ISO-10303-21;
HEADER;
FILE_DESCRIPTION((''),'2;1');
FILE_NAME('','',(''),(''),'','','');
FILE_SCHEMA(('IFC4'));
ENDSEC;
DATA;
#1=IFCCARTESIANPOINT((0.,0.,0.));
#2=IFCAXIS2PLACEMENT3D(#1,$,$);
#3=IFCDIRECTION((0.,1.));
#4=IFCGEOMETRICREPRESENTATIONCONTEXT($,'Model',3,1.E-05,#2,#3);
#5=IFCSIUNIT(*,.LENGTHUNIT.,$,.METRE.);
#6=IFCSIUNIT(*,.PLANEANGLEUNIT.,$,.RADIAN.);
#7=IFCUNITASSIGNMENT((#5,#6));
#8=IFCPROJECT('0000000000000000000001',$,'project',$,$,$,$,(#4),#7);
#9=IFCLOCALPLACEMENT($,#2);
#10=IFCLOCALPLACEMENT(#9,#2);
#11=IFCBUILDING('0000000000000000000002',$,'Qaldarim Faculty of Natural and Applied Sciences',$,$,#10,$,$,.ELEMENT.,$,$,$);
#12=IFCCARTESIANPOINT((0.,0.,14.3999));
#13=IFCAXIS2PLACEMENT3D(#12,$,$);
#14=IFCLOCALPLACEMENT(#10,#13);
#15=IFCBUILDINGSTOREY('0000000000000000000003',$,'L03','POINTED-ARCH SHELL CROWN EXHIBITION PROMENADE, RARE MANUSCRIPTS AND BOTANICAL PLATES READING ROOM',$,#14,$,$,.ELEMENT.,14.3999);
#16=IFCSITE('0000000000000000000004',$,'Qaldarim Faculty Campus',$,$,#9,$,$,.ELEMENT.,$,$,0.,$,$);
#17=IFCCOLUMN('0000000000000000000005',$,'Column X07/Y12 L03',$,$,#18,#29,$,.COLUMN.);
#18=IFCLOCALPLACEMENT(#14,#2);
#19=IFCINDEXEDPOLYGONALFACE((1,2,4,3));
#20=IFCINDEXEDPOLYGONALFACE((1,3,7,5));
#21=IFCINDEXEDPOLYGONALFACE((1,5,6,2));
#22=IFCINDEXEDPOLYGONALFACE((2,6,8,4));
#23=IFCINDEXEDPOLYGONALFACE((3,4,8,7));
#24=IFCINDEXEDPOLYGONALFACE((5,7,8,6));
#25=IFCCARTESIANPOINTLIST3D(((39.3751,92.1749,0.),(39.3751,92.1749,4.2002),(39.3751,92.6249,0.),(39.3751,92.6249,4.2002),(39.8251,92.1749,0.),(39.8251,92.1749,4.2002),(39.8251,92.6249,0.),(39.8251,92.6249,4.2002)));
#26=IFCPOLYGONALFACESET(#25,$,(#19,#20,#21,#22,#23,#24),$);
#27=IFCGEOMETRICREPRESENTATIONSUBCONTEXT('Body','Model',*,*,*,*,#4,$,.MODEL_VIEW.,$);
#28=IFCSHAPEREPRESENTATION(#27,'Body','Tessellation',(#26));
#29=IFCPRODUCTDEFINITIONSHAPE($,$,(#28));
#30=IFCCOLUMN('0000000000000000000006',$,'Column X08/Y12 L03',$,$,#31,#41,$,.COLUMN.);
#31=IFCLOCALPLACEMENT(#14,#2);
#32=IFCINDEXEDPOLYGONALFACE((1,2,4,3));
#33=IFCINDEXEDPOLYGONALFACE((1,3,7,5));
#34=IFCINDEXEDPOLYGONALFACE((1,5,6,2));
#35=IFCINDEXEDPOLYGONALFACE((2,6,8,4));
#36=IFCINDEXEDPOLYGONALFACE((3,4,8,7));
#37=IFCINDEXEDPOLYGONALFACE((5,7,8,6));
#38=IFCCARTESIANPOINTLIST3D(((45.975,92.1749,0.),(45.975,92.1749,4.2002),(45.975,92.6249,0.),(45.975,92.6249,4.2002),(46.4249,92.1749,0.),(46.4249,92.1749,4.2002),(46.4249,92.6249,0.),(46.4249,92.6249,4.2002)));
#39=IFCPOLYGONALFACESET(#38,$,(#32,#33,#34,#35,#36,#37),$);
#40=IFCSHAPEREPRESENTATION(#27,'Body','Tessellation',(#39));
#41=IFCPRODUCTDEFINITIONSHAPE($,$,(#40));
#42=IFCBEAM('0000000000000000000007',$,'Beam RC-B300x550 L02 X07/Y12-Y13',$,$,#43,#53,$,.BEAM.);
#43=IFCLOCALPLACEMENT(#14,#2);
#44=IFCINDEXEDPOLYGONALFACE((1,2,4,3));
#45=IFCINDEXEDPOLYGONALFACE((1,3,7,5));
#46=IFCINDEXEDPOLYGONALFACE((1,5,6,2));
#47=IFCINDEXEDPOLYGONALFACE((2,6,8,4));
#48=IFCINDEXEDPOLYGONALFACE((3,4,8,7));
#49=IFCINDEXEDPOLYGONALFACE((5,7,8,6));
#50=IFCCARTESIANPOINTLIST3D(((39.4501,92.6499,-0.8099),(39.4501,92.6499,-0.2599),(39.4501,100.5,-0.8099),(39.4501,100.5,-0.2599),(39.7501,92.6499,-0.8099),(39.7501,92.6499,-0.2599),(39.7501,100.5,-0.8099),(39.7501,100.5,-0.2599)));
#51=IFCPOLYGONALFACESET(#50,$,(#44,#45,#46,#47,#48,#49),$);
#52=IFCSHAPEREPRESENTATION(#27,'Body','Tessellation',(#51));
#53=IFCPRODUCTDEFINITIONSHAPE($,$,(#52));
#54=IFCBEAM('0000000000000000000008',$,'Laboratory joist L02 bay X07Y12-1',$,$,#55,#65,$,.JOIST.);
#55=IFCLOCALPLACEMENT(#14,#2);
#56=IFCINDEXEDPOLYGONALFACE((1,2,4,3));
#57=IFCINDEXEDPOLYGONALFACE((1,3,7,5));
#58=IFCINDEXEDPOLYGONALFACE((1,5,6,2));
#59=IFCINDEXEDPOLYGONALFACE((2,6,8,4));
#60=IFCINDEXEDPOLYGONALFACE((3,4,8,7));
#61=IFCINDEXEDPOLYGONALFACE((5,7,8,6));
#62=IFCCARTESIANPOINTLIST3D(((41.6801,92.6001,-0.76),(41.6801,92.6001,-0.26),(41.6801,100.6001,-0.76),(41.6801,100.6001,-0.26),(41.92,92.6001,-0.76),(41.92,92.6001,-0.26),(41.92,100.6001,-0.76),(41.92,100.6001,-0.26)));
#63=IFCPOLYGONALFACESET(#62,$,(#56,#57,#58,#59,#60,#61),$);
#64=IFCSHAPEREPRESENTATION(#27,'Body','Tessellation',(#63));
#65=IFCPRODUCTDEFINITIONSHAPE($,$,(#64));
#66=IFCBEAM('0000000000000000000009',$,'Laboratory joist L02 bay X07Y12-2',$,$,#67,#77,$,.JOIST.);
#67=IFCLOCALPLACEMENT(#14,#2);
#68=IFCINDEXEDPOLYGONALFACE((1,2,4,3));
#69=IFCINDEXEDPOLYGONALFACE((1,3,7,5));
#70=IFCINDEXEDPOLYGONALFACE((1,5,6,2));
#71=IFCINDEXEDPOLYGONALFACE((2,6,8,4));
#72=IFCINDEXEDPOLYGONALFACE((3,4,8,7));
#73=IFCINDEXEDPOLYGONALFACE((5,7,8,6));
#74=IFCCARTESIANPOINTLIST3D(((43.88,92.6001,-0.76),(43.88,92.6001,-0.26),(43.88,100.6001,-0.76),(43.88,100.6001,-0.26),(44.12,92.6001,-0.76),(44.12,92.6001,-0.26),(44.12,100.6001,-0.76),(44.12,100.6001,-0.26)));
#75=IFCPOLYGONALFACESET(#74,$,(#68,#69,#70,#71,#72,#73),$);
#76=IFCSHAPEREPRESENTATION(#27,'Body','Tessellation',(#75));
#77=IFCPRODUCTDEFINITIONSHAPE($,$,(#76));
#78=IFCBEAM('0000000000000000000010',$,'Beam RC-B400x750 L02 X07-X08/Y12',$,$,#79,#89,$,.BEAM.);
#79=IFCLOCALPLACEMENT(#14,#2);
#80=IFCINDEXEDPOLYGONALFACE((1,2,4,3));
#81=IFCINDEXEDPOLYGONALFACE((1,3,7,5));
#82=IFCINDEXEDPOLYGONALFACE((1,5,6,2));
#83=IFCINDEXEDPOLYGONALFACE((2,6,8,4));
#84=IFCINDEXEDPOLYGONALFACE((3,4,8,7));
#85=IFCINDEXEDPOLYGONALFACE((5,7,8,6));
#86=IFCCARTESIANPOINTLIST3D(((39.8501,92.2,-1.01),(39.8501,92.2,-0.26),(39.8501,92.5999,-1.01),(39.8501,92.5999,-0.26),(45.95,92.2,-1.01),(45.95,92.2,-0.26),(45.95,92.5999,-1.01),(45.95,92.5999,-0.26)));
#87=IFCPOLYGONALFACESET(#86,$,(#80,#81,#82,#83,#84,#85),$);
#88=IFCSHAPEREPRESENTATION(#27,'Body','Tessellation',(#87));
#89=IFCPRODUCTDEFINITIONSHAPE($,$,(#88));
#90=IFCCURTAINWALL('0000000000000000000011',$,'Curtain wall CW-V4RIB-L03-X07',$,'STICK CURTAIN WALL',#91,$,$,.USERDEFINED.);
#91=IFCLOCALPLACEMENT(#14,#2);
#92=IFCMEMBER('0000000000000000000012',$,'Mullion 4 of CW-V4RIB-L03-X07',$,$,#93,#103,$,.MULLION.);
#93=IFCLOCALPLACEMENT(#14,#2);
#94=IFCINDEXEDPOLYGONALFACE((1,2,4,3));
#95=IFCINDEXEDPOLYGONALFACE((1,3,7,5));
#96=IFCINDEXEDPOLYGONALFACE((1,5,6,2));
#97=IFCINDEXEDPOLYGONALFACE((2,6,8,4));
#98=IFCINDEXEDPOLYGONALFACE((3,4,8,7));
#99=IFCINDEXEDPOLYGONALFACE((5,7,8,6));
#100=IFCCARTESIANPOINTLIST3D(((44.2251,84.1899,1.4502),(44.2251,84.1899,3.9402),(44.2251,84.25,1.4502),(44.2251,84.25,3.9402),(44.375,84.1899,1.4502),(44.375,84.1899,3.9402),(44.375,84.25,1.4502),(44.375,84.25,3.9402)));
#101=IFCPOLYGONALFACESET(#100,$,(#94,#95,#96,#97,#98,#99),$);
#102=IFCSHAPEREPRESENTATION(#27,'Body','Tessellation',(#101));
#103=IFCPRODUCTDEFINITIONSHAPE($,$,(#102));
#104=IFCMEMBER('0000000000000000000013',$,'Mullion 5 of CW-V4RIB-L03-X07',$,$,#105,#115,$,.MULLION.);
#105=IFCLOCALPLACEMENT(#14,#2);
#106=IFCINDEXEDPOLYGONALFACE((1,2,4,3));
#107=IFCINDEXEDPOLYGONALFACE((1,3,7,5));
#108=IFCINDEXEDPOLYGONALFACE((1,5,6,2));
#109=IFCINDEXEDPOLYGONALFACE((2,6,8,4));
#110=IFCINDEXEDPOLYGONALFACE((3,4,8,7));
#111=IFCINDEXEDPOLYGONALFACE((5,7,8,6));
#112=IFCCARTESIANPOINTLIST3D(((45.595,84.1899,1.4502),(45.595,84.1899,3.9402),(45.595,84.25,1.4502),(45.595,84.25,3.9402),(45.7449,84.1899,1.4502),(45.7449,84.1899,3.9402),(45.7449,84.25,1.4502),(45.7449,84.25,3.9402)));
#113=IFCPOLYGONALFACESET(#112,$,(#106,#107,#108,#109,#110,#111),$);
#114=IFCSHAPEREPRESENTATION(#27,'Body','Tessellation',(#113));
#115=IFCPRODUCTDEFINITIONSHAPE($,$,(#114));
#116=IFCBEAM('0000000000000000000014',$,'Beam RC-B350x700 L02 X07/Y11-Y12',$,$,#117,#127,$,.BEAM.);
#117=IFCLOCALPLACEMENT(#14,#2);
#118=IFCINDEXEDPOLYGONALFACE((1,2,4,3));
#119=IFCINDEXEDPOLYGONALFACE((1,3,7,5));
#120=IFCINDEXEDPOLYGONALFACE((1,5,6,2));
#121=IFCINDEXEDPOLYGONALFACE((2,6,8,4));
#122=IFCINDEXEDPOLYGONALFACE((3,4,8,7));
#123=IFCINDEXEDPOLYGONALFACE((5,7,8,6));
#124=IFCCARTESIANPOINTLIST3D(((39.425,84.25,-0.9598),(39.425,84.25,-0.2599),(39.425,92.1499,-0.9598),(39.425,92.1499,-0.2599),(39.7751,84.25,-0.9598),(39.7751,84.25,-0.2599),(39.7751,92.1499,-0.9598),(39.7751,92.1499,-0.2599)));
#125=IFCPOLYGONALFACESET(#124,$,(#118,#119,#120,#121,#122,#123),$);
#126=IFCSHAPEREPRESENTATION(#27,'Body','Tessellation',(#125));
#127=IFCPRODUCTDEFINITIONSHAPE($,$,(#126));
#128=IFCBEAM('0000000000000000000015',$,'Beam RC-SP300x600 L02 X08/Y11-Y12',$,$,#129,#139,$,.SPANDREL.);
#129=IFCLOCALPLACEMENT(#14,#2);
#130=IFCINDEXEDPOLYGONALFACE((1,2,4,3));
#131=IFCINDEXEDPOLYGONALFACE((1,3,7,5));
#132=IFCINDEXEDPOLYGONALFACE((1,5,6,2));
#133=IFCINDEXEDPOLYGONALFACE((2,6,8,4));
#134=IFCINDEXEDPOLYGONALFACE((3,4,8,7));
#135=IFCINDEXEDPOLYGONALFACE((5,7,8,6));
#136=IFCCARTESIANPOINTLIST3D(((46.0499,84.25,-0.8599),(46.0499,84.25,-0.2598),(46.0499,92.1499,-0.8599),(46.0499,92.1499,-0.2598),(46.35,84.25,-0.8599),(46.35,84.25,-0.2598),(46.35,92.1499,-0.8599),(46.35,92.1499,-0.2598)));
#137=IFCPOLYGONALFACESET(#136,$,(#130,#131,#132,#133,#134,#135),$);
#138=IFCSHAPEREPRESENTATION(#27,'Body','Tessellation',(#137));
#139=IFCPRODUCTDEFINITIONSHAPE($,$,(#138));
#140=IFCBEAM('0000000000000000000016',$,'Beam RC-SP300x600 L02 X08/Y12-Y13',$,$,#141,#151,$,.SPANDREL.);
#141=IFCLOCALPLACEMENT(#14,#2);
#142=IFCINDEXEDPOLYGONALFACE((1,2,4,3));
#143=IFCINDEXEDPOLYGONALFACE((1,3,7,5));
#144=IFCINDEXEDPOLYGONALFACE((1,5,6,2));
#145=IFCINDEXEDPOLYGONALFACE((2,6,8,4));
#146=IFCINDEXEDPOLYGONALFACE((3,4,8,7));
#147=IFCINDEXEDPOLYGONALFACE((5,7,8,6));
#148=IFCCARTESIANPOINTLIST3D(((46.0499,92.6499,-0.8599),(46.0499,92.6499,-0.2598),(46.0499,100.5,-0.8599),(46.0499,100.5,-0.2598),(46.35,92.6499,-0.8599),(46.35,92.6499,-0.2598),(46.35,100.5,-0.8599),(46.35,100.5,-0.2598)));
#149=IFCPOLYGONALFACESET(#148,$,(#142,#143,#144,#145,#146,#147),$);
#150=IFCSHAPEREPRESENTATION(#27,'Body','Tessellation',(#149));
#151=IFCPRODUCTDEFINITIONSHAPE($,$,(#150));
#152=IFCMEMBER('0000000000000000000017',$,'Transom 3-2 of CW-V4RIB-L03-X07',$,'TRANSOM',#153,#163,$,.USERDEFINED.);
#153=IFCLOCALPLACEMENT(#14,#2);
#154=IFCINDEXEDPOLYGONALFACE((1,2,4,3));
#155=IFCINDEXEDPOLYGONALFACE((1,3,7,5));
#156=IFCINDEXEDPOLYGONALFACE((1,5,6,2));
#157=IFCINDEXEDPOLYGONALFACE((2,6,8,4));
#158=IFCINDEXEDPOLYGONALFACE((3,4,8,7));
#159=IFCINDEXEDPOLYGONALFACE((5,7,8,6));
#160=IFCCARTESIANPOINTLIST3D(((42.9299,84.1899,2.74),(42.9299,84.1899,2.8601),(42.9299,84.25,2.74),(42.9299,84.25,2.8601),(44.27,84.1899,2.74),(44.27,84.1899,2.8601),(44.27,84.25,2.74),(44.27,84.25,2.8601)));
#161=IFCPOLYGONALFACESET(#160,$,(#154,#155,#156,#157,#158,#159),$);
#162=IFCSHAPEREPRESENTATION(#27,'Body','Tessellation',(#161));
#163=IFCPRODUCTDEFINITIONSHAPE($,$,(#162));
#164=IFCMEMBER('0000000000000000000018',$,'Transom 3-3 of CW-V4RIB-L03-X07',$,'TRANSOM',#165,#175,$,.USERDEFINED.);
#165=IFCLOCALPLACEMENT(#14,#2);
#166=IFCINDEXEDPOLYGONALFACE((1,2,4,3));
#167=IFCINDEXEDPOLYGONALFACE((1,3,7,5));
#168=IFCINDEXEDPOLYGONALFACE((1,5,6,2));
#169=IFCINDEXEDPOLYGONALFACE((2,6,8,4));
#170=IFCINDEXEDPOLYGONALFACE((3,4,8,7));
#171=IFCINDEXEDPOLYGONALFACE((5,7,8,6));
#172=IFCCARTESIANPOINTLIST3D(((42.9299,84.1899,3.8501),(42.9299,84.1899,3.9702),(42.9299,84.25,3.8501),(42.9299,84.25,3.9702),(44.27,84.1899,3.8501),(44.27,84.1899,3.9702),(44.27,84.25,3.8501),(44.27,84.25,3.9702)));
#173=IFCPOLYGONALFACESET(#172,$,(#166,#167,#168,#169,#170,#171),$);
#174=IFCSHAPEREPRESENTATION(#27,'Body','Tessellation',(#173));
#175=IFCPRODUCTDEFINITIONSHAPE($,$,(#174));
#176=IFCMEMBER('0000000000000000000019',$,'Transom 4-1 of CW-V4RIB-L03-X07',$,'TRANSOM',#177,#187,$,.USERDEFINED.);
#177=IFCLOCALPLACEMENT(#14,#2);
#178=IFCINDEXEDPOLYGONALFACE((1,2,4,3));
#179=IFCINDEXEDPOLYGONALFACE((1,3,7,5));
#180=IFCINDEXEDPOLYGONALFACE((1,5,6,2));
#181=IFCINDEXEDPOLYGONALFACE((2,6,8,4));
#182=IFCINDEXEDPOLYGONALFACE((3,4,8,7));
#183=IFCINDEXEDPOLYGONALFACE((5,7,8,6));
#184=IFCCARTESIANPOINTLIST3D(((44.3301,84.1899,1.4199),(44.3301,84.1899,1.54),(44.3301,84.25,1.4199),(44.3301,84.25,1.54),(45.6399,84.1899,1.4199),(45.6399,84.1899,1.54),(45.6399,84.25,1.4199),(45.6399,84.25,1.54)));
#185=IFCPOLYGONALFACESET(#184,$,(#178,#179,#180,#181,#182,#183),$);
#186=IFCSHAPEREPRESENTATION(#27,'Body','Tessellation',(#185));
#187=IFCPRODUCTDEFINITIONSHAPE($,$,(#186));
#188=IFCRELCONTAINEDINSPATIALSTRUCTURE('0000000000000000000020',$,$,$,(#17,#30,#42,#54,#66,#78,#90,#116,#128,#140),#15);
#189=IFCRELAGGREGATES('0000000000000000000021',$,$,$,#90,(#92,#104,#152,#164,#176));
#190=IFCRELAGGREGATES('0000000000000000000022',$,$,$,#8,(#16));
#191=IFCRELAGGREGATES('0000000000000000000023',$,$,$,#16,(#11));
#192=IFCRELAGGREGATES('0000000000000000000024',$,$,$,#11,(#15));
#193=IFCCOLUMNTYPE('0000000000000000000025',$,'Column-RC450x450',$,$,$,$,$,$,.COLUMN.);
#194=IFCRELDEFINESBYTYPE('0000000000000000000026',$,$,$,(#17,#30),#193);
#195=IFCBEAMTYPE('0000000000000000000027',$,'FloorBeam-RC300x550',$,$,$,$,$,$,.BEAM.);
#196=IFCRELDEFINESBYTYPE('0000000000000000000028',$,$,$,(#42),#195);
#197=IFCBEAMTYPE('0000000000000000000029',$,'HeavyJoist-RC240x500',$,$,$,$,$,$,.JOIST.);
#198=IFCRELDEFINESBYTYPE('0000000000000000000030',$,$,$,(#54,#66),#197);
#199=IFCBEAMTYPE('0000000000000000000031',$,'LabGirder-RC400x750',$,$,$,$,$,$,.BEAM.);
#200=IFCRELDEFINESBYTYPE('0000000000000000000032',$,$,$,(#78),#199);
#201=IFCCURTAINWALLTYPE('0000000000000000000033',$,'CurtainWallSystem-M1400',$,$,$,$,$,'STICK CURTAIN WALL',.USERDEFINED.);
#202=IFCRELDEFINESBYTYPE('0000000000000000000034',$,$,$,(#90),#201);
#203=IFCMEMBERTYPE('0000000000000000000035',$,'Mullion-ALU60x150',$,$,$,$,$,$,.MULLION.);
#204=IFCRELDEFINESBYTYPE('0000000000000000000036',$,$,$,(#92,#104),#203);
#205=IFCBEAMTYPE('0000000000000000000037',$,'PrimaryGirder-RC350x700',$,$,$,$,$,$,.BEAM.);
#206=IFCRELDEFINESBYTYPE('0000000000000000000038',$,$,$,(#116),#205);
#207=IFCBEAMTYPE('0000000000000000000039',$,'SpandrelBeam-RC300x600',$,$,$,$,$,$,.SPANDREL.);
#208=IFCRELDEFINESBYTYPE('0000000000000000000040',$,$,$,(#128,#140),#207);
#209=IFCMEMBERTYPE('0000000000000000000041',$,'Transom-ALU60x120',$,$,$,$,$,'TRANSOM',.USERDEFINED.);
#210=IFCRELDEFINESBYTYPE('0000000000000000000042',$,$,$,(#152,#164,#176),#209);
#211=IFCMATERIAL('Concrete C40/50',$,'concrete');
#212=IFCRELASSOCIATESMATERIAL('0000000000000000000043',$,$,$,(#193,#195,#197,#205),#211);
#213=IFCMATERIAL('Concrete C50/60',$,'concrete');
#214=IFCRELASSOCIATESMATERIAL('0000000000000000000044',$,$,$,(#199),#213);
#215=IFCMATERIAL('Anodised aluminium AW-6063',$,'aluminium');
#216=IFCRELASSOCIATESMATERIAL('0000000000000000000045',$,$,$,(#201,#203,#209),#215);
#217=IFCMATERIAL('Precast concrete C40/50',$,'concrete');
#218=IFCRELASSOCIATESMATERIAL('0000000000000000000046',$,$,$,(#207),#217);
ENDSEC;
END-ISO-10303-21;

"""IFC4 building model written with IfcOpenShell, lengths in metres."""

from ifc_helpers import new_model, si_unit, direction, frame, origin, origin_2d, place, context, subcontext, project, spatial, rectangle, extrude, material, material_profile, profile_set, type_object, element, aggregate, save


model = new_model("IFC4")

# Units and contexts
model_context = context("Model", 3, precision=1e-05, world=origin(), true_north=direction((0.0, 1.0)))
body_context = subcontext(model_context, "Body", "Model", "MODEL_VIEW")
ifc_project = project(units=[si_unit("LENGTHUNIT", "METRE"), si_unit("PLANEANGLEUNIT", "RADIAN")], contexts=[model_context])

# Site, building, storey
site_placement = place(None, origin())
site = spatial("IfcSite", under=ifc_project, at=site_placement, Name="Qaldarim Faculty Campus", CompositionType="ELEMENT", RefElevation=0.0)
building_placement = place(site_placement, origin())
building = spatial("IfcBuilding", under=site, at=building_placement, Name="Qaldarim Faculty of Natural and Applied Sciences", CompositionType="ELEMENT")
storey_placement = place(building_placement, frame((0.0, 0.0, 14.3999)))
storey = spatial("IfcBuildingStorey", under=building, at=storey_placement, Name="L03", Description="POINTED-ARCH SHELL CROWN EXHIBITION PROMENADE, RARE MANUSCRIPTS AND BOTANICAL PLATES READING ROOM", CompositionType="ELEMENT", Elevation=14.3999)

# Columns
ifc_material_1 = material(Name="Concrete C40/50", Category="concrete")
ifc_material_profile_1 = material_profile(ifc_material_1, rectangle(XDim=0.45, YDim=0.45, at=origin_2d()), Name="RC-C450x450")
ifc_profile_set_1 = profile_set([ifc_material_profile_1], Name="Concrete C40/50")
column_type = type_object("IfcColumnType", Name="Column-RC450x450", PredefinedType="COLUMN", material=ifc_profile_set_1)
for number, where, z_axis, x_axis, name in (
    (1, (39.6001, 92.3999, 0.0), (0.0, 0.0, 1.0), (1.0, 0.0, 0.0), "Column X07/Y12 L03"),
    (2, (46.2, 92.3999, 0.0), (0.0, 0.0, 1.0), (1.0, 0.0, 0.0), "Column X08/Y12 L03"),
):
    element("IfcColumn", number, at=place(storey_placement, frame(where, z_axis=z_axis, x_axis=x_axis)), inside=storey, type_object=column_type, Name=name, PredefinedType="COLUMN", context=body_context, shape_type="SweptSolid", body=[
        extrude(rectangle(XDim=0.45, YDim=0.45, at=origin_2d()), origin(), (0.0, 0.0, 1.0), 4.2002),
    ])

# Beams
ifc_material_profile_2 = material_profile(ifc_material_1, rectangle(XDim=0.3, YDim=0.55, at=origin_2d()), Name="RC-B300x550")
ifc_profile_set_2 = profile_set([ifc_material_profile_2], Name="Concrete C40/50")
beam_type_1 = type_object("IfcBeamType", Name="FloorBeam-RC300x550", PredefinedType="BEAM", material=ifc_profile_set_2)
beam_1_placement = place(storey_placement, frame((39.6001, 92.6499, -0.5349), z_axis=(0.0, 1.0, 0.0), x_axis=(-1.0, 0.0, 0.0)))
element("IfcBeam", 3, at=beam_1_placement, inside=storey, type_object=beam_type_1, Name="Beam RC-B300x550 L02 X07/Y12-Y13", PredefinedType="BEAM", context=body_context, shape_type="SweptSolid", body=[
    extrude(rectangle(XDim=0.3, YDim=0.55, at=origin_2d()), origin(), (0.0, 0.0, 1.0), 7.8501),
])
ifc_material_profile_3 = material_profile(ifc_material_1, rectangle(XDim=0.24, YDim=0.5, at=origin_2d()), Name="RC-J240x500")
ifc_profile_set_3 = profile_set([ifc_material_profile_3], Name="Concrete C40/50")
beam_type_2 = type_object("IfcBeamType", Name="HeavyJoist-RC240x500", PredefinedType="JOIST", material=ifc_profile_set_3)
for number, where, z_axis, x_axis, name in (
    (4, (41.8, 92.6001, -0.51), (0.0, 1.0, 0.0), (-1.0, 0.0, 0.0), "Laboratory joist L02 bay X07Y12-1"),
    (5, (44.0, 92.6001, -0.51), (0.0, 1.0, 0.0), (-1.0, 0.0, 0.0), "Laboratory joist L02 bay X07Y12-2"),
):
    element("IfcBeam", number, at=place(storey_placement, frame(where, z_axis=z_axis, x_axis=x_axis)), inside=storey, type_object=beam_type_2, Name=name, PredefinedType="JOIST", context=body_context, shape_type="SweptSolid", body=[
        extrude(rectangle(XDim=0.24, YDim=0.5, at=origin_2d()), origin(), (0.0, 0.0, 1.0), 8.0),
    ])
ifc_material_2 = material(Name="Concrete C50/60", Category="concrete")
ifc_material_profile_4 = material_profile(ifc_material_2, rectangle(XDim=0.3999, YDim=0.75, at=origin_2d()), Name="RC-B400x750")
ifc_profile_set_4 = profile_set([ifc_material_profile_4], Name="Concrete C50/60")
beam_type_3 = type_object("IfcBeamType", Name="LabGirder-RC400x750", PredefinedType="BEAM", material=ifc_profile_set_4)
beam_2_placement = place(storey_placement, frame((39.8501, 92.3999, -0.635), z_axis=(1.0, 0.0, 0.0), x_axis=(0.0, 1.0, 0.0)))
element("IfcBeam", 6, at=beam_2_placement, inside=storey, type_object=beam_type_3, Name="Beam RC-B400x750 L02 X07-X08/Y12", PredefinedType="BEAM", context=body_context, shape_type="SweptSolid", body=[
    extrude(rectangle(XDim=0.3999, YDim=0.75, at=origin_2d()), origin(), (0.0, 0.0, 1.0), 6.0999),
])

# Curtain wall, members
ifc_material_3 = material(Name="Anodised aluminium AW-6063", Category="aluminium")
curtain_wall_type = type_object("IfcCurtainWallType", Name="CurtainWallSystem-M1400", ElementType="STICK CURTAIN WALL", PredefinedType="USERDEFINED", material=ifc_material_3)
curtain_wall_placement = place(storey_placement, origin())
curtain_wall = element("IfcCurtainWall", 7, at=curtain_wall_placement, inside=storey, type_object=curtain_wall_type, Name="Curtain wall CW-V4RIB-L03-X07", ObjectType="STICK CURTAIN WALL", PredefinedType="USERDEFINED")
ifc_material_profile_5 = material_profile(ifc_material_3, rectangle(XDim=0.0601, YDim=0.1499, at=origin_2d()), Name="ALU-M60x150")
ifc_profile_set_5 = profile_set([ifc_material_profile_5], Name="Anodised aluminium AW-6063")
member_type_1 = type_object("IfcMemberType", Name="Mullion-ALU60x150", PredefinedType="MULLION", material=ifc_profile_set_5)
member_1_placement = place(storey_placement, frame((44.3, 84.22, 1.4502), z_axis=(0.0, 0.0, 1.0), x_axis=(0.0, 1.0, 0.0)))
member_1 = element("IfcMember", 8, at=member_1_placement, type_object=member_type_1, Name="Mullion 4 of CW-V4RIB-L03-X07", PredefinedType="MULLION", context=body_context, shape_type="SweptSolid", body=[
    extrude(rectangle(XDim=0.0601, YDim=0.1499, at=origin_2d()), origin(), (0.0, 0.0, 1.0), 2.49),
])
member_2_placement = place(storey_placement, frame((45.6699, 84.22, 1.4502), z_axis=(0.0, 0.0, 1.0), x_axis=(0.0, 1.0, 0.0)))
member_2 = element("IfcMember", 9, at=member_2_placement, type_object=member_type_1, Name="Mullion 5 of CW-V4RIB-L03-X07", PredefinedType="MULLION", context=body_context, shape_type="SweptSolid", body=[
    extrude(rectangle(XDim=0.0601, YDim=0.1499, at=origin_2d()), origin(), (0.0, 0.0, 1.0), 2.49),
])

# Beams
ifc_material_profile_6 = material_profile(ifc_material_1, rectangle(XDim=0.3501, YDim=0.7, at=origin_2d()), Name="RC-B350x700")
ifc_profile_set_6 = profile_set([ifc_material_profile_6], Name="Concrete C40/50")
beam_type_4 = type_object("IfcBeamType", Name="PrimaryGirder-RC350x700", PredefinedType="BEAM", material=ifc_profile_set_6)
beam_3_placement = place(storey_placement, frame((39.6001, 84.25, -0.6099), z_axis=(0.0, 1.0, 0.0), x_axis=(-1.0, 0.0, 0.0)))
element("IfcBeam", 10, at=beam_3_placement, inside=storey, type_object=beam_type_4, Name="Beam RC-B350x700 L02 X07/Y11-Y12", PredefinedType="BEAM", context=body_context, shape_type="SweptSolid", body=[
    extrude(rectangle(XDim=0.3501, YDim=0.7, at=origin_2d()), origin(), (0.0, 0.0, 1.0), 7.8999),
])
ifc_material_4 = material(Name="Precast concrete C40/50", Category="concrete")
ifc_material_profile_7 = material_profile(ifc_material_4, rectangle(XDim=0.3, YDim=0.6001, at=origin_2d()), Name="RC-SP300x600")
ifc_profile_set_7 = profile_set([ifc_material_profile_7], Name="Precast concrete C40/50")
beam_type_5 = type_object("IfcBeamType", Name="SpandrelBeam-RC300x600", PredefinedType="SPANDREL", material=ifc_profile_set_7)
beam_4_placement = place(storey_placement, frame((46.2, 84.25, -0.5598), z_axis=(0.0, 1.0, 0.0), x_axis=(-1.0, 0.0, 0.0)))
element("IfcBeam", 11, at=beam_4_placement, inside=storey, type_object=beam_type_5, Name="Beam RC-SP300x600 L02 X08/Y11-Y12", PredefinedType="SPANDREL", context=body_context, shape_type="SweptSolid", body=[
    extrude(rectangle(XDim=0.3, YDim=0.6001, at=origin_2d()), origin(), (0.0, 0.0, 1.0), 7.8999),
])
beam_5_placement = place(storey_placement, frame((46.2, 92.6499, -0.5598), z_axis=(0.0, 1.0, 0.0), x_axis=(-1.0, 0.0, 0.0)))
element("IfcBeam", 12, at=beam_5_placement, inside=storey, type_object=beam_type_5, Name="Beam RC-SP300x600 L02 X08/Y12-Y13", PredefinedType="SPANDREL", context=body_context, shape_type="SweptSolid", body=[
    extrude(rectangle(XDim=0.3, YDim=0.6001, at=origin_2d()), origin(), (0.0, 0.0, 1.0), 7.8501),
])

# Members
ifc_material_profile_8 = material_profile(ifc_material_3, rectangle(XDim=0.0601, YDim=0.1201, at=origin_2d()), Name="ALU-T60x120")
ifc_profile_set_8 = profile_set([ifc_material_profile_8], Name="Anodised aluminium AW-6063")
member_type_2 = type_object("IfcMemberType", Name="Transom-ALU60x120", ElementType="TRANSOM", PredefinedType="USERDEFINED", material=ifc_profile_set_8)
member_3_placement = place(storey_placement, frame((42.9299, 84.22, 2.8), z_axis=(1.0, 0.0, 0.0), x_axis=(0.0, 1.0, 0.0)))
member_3 = element("IfcMember", 13, at=member_3_placement, type_object=member_type_2, Name="Transom 3-2 of CW-V4RIB-L03-X07", ObjectType="TRANSOM", PredefinedType="USERDEFINED", context=body_context, shape_type="SweptSolid", body=[
    extrude(rectangle(XDim=0.0601, YDim=0.1201, at=origin_2d()), origin(), (0.0, 0.0, 1.0), 1.3401),
])
member_4_placement = place(storey_placement, frame((42.9299, 84.22, 3.9102), z_axis=(1.0, 0.0, 0.0), x_axis=(0.0, 1.0, 0.0)))
member_4 = element("IfcMember", 14, at=member_4_placement, type_object=member_type_2, Name="Transom 3-3 of CW-V4RIB-L03-X07", ObjectType="TRANSOM", PredefinedType="USERDEFINED", context=body_context, shape_type="SweptSolid", body=[
    extrude(rectangle(XDim=0.0601, YDim=0.1201, at=origin_2d()), origin(), (0.0, 0.0, 1.0), 1.3401),
])
member_5_placement = place(storey_placement, frame((44.3301, 84.22, 1.48), z_axis=(1.0, 0.0, 0.0), x_axis=(0.0, 1.0, 0.0)))
member_5 = element("IfcMember", 15, at=member_5_placement, type_object=member_type_2, Name="Transom 4-1 of CW-V4RIB-L03-X07", ObjectType="TRANSOM", PredefinedType="USERDEFINED", context=body_context, shape_type="SweptSolid", body=[
    extrude(rectangle(XDim=0.0601, YDim=0.1201, at=origin_2d()), origin(), (0.0, 0.0, 1.0), 1.3098),
])

aggregate(curtain_wall, [member_1, member_2, member_3, member_4, member_5])

save(model, "model.ifc")
